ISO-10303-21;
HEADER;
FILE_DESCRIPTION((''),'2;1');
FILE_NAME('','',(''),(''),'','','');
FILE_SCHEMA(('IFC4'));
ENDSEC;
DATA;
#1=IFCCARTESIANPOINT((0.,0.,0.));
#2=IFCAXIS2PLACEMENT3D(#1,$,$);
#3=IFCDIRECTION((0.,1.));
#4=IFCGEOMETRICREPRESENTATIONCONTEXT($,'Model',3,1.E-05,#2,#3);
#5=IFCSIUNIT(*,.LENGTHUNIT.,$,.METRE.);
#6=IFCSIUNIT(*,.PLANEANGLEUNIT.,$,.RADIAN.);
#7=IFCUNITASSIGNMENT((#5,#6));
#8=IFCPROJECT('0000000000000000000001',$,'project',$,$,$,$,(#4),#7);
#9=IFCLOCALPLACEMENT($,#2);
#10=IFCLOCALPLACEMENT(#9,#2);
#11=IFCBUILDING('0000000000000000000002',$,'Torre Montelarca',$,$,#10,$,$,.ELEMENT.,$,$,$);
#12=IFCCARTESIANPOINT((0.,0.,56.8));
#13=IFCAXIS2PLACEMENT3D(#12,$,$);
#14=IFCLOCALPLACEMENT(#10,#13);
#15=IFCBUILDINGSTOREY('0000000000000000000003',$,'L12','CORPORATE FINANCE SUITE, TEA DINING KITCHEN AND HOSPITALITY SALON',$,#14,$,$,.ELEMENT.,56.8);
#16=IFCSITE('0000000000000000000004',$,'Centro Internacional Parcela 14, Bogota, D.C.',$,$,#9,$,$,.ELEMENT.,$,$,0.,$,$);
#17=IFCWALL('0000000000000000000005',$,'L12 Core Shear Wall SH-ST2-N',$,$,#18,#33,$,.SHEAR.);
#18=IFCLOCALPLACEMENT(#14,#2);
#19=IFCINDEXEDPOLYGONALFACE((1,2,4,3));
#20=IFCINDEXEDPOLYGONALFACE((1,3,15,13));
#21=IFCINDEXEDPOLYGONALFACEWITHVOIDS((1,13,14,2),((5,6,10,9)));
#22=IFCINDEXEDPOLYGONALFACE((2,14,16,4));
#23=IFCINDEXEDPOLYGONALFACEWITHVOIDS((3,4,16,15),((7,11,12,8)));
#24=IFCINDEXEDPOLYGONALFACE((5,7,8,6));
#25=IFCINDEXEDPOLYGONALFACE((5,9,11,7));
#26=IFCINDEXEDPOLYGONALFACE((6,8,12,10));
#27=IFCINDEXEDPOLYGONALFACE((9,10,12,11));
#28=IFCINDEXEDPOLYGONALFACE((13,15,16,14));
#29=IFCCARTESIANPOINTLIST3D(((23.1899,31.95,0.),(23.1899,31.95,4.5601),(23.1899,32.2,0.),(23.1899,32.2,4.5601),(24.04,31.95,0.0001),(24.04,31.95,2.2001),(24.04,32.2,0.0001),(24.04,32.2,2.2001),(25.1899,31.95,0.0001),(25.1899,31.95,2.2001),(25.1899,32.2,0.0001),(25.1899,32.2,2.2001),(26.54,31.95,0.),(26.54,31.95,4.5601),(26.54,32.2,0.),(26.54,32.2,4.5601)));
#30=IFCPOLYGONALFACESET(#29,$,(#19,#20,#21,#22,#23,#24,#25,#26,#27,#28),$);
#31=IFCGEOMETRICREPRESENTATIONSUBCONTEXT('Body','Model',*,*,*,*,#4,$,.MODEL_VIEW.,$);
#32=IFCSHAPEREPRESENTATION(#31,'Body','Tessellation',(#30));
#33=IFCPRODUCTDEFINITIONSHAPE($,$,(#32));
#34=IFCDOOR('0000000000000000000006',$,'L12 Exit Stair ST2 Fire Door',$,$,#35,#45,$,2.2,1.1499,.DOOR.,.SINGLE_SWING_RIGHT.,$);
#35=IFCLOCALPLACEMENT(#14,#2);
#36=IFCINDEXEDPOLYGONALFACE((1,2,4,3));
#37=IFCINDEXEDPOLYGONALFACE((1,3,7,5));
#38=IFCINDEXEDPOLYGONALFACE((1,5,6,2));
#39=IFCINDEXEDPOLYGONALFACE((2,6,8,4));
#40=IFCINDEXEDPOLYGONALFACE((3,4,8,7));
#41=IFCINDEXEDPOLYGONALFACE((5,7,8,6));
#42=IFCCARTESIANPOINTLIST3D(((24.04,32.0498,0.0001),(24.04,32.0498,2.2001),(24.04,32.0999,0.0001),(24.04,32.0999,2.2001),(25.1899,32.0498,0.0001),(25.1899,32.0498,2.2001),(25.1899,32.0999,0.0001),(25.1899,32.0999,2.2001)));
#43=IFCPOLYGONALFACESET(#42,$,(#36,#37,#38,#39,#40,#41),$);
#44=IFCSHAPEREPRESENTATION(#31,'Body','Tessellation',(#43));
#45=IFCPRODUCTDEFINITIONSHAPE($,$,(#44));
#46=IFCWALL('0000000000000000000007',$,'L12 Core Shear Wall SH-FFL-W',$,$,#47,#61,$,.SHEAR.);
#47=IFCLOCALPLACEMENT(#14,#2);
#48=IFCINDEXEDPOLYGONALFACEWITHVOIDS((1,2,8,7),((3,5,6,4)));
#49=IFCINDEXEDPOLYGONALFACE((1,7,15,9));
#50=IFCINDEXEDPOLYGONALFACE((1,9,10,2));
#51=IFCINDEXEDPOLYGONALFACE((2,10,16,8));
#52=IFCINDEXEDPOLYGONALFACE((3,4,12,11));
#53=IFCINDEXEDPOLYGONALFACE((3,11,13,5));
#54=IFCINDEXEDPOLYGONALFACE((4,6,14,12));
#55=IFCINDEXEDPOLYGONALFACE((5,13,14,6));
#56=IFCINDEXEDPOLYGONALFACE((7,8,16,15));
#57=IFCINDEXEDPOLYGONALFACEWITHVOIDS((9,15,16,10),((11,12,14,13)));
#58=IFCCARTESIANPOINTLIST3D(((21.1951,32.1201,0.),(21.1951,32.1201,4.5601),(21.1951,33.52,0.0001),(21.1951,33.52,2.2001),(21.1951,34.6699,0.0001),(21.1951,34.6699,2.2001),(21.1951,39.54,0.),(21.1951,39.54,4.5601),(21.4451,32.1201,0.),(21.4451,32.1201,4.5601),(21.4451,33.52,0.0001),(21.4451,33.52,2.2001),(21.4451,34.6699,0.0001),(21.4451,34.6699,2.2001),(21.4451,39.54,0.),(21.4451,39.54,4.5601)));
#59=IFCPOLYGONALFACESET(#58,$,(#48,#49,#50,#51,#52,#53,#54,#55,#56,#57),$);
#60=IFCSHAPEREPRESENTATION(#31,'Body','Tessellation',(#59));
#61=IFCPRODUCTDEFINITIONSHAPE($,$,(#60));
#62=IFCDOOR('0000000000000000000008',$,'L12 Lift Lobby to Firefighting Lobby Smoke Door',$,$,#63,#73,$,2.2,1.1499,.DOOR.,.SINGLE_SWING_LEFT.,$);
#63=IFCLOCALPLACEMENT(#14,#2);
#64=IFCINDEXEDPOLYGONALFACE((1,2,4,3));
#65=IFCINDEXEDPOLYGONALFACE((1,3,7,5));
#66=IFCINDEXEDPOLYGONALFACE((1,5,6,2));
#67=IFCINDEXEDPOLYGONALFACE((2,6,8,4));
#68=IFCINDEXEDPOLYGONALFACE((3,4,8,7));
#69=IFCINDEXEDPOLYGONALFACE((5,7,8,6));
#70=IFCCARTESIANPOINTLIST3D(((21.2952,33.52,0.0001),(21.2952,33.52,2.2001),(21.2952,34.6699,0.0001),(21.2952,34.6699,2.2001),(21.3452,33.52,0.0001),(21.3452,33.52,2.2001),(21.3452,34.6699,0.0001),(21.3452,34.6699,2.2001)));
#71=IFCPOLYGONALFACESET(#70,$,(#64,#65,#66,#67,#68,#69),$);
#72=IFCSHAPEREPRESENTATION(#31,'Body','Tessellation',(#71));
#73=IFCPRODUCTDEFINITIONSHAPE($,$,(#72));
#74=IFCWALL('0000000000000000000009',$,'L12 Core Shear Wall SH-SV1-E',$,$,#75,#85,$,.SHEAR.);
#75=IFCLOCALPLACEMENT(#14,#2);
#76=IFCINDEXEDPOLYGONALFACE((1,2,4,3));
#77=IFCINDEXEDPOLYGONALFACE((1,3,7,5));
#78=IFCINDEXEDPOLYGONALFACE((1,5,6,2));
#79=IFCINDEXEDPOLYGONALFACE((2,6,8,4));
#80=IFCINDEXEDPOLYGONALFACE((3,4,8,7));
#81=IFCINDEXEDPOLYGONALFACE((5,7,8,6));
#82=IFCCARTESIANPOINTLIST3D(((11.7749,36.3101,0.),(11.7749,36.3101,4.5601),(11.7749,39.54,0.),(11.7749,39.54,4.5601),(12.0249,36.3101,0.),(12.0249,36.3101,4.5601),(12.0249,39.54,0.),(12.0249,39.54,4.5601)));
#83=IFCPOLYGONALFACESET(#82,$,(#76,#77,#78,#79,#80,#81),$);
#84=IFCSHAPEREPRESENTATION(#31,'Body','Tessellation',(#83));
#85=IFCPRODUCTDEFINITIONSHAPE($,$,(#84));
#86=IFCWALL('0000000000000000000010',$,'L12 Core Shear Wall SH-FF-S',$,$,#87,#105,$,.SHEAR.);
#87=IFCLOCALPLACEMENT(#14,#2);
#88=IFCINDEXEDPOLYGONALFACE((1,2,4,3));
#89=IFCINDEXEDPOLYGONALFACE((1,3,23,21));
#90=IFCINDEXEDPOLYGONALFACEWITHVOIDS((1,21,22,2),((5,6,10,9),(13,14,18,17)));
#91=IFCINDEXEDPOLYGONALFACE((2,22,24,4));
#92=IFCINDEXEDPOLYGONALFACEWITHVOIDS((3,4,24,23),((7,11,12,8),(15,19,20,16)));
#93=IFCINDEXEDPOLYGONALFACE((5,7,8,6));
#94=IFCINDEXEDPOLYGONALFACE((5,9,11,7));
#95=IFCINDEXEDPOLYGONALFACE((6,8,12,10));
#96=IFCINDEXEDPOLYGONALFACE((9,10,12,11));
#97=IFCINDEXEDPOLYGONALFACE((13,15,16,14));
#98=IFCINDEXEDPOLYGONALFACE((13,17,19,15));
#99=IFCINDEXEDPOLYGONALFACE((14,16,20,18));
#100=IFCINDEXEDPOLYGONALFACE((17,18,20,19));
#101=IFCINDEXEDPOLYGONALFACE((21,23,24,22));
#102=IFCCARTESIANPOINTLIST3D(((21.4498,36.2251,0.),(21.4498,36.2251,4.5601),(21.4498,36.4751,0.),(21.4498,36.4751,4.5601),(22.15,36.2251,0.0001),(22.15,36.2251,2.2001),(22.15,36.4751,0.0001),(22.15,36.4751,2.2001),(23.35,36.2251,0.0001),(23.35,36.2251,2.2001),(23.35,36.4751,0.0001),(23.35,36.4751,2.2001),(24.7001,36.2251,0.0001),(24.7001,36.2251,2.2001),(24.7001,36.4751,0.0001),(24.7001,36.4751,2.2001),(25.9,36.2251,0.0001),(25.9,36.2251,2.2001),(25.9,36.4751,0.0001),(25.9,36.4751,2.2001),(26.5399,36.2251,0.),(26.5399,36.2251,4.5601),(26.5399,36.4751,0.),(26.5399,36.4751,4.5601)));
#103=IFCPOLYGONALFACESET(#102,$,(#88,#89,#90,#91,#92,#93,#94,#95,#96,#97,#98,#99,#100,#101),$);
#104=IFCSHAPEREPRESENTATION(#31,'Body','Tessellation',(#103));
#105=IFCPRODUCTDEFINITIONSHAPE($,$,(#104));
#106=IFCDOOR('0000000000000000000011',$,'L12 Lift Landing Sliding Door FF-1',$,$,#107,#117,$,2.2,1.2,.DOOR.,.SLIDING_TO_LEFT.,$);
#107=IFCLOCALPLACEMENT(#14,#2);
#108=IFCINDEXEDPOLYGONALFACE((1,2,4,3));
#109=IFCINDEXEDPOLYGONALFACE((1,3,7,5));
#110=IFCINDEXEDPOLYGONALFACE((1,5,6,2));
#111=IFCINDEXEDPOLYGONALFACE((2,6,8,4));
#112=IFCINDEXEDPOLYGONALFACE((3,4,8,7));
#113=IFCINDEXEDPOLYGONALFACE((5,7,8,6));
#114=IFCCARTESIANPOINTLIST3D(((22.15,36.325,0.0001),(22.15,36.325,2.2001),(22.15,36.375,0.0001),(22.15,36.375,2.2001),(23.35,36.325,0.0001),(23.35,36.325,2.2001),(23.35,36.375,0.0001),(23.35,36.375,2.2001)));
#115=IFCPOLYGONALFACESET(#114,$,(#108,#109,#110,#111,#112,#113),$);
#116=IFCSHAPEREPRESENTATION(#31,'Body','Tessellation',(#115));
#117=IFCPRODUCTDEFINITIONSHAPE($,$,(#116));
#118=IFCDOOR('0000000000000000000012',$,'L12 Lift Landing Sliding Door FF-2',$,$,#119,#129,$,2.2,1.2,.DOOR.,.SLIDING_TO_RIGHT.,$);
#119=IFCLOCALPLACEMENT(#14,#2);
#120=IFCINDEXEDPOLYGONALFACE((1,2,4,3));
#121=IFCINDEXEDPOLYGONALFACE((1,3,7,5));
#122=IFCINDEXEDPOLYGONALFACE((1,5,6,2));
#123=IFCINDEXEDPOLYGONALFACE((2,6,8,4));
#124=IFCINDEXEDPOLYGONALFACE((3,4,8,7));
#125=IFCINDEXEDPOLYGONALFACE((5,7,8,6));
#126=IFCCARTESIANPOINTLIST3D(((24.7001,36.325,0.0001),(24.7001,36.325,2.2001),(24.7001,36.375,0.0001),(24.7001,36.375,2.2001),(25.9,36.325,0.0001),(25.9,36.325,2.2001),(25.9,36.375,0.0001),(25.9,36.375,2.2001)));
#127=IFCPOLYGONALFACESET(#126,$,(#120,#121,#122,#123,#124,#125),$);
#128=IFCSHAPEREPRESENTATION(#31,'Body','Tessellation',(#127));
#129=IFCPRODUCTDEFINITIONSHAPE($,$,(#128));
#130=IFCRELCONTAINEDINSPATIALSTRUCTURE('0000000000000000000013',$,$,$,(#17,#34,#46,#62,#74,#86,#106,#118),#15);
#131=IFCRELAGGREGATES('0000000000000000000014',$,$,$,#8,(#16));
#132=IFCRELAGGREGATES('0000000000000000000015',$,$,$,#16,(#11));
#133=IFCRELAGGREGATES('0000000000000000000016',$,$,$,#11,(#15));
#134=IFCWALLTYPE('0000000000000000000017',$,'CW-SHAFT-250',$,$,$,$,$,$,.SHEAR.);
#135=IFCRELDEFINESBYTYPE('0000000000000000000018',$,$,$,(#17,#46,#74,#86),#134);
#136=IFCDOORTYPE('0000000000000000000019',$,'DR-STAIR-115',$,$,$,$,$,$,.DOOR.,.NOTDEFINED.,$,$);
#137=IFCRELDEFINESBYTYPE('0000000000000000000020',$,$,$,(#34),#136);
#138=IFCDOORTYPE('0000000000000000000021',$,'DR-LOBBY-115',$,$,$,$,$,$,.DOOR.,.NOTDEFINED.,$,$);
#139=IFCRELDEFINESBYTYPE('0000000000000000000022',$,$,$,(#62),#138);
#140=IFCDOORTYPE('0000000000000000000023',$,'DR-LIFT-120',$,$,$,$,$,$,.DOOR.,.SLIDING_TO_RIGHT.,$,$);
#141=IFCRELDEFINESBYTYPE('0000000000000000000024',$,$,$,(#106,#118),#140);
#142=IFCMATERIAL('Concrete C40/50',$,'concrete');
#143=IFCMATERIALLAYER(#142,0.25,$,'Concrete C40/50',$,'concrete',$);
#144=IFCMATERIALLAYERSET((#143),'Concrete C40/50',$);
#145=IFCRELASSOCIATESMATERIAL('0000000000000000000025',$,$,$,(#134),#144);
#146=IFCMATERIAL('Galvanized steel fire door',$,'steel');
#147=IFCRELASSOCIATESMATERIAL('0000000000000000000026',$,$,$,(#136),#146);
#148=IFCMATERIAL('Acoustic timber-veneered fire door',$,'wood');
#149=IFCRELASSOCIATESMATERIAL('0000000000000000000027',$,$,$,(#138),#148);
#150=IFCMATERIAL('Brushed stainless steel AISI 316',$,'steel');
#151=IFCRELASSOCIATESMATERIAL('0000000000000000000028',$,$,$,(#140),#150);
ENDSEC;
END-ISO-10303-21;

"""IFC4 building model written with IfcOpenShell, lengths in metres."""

from ifc_helpers import new_model, si_unit, direction, frame, frame_2d, origin, place, context, subcontext, project, spatial, rectangle, extrude, source, transform, mapped, material, layer, layer_set, type_object, element, fill, save


model = new_model("IFC4")

# Units and contexts
model_context = context("Model", 3, precision=1e-05, world=origin(), true_north=direction((0.0, 1.0)))
body_context = subcontext(model_context, "Body", "Model", "MODEL_VIEW")
ifc_project = project(units=[si_unit("LENGTHUNIT", "METRE"), si_unit("PLANEANGLEUNIT", "RADIAN")], contexts=[model_context])

# Site, building, storey
site_placement = place(None, origin())
site = spatial("IfcSite", under=ifc_project, at=site_placement, Name="Centro Internacional Parcela 14, Bogota, D.C.", CompositionType="ELEMENT", RefElevation=0.0)
building_placement = place(site_placement, origin())
building = spatial("IfcBuilding", under=site, at=building_placement, Name="Torre Montelarca", CompositionType="ELEMENT")
storey_placement = place(building_placement, frame((0.0, 0.0, 56.8)))
storey = spatial("IfcBuildingStorey", under=building, at=storey_placement, Name="L12", Description="CORPORATE FINANCE SUITE, TEA DINING KITCHEN AND HOSPITALITY SALON", CompositionType="ELEMENT", Elevation=56.8)

# Walls, openings, doors
ifc_material_1 = material(Name="Concrete C40/50", Category="concrete")
ifc_layer_1 = layer(ifc_material_1, 0.25, Name="Concrete C40/50", Category="concrete")
ifc_layer_set_1 = layer_set([ifc_layer_1], Name="Concrete C40/50")
wall_type_1 = type_object("IfcWallType", Name="CW-SHAFT-250", PredefinedType="SHEAR", material=ifc_layer_set_1)
wall_1_placement = place(storey_placement, frame((23.1899, 32.075, 0.0), z_axis=(0.0, 0.0, 1.0), x_axis=(1.0, 0.0, 0.0)))
wall_1 = element("IfcWall", 1, at=wall_1_placement, inside=storey, type_object=wall_type_1, Name="L12 Core Shear Wall SH-ST2-N", PredefinedType="SHEAR", context=body_context, shape_type="SweptSolid", body=[
    extrude(rectangle(XDim=3.3501, YDim=0.25, at=frame_2d((1.675, 0.0))), origin(), (0.0, 0.0, 1.0), 4.5601),
])
opening_1_placement = place(wall_1_placement, frame((0.8501, 0.0, 0.0)))
opening_1 = element("IfcOpeningElement", 2, at=opening_1_placement, cuts=wall_1, PredefinedType="OPENING", context=body_context, shape_type="SweptSolid", body=[
    extrude(rectangle(XDim=1.1499, YDim=2.2, at=frame_2d((0.575, 1.1001))), frame((0.0, 0.135, 0.0), z_axis=(0.0, -1.0, 0.0), x_axis=(1.0, 0.0, 0.0)), (0.0, 0.0, 1.0), 0.27),
])
ifc_material_2 = material(Name="Galvanized steel fire door", Category="steel")
door_type_1 = type_object("IfcDoorType", Name="DR-STAIR-115", OperationType="NOTDEFINED", PredefinedType="DOOR", material=ifc_material_2)
shared_shape_1 = source(origin(), body_context, "Body", "SweptSolid", [
    extrude(rectangle(XDim=1.1499, YDim=2.2, at=frame_2d((0.575, 1.1001))), frame((0.0, 0.0249, 0.0), z_axis=(0.0, -1.0, 0.0), x_axis=(1.0, 0.0, 0.0)), (0.0, 0.0, 1.0), 0.05),
])
door_1_placement = place(opening_1_placement, origin())
door_1 = element("IfcDoor", 3, at=door_1_placement, inside=storey, type_object=door_type_1, Name="L12 Exit Stair ST2 Fire Door", OperationType="SINGLE_SWING_RIGHT", OverallHeight=2.2, OverallWidth=1.1499, PredefinedType="DOOR", context=body_context, shape_type="MappedRepresentation", body=[
    mapped(shared_shape_1, transform((0.0, 0.0, 0.0), scale=1.0)),
])
fill(opening_1, door_1)
wall_2_placement = place(storey_placement, frame((21.3201, 32.1201, 0.0), z_axis=(0.0, 0.0, 1.0), x_axis=(0.0, 1.0, 0.0)))
wall_2 = element("IfcWall", 4, at=wall_2_placement, inside=storey, type_object=wall_type_1, Name="L12 Core Shear Wall SH-FFL-W", PredefinedType="SHEAR", context=body_context, shape_type="SweptSolid", body=[
    extrude(rectangle(XDim=7.4199, YDim=0.25, at=frame_2d((3.71, 0.0))), origin(), (0.0, 0.0, 1.0), 4.5601),
])
opening_2_placement = place(wall_2_placement, frame((1.3999, 0.0, 0.0)))
opening_2 = element("IfcOpeningElement", 5, at=opening_2_placement, cuts=wall_2, PredefinedType="OPENING", context=body_context, shape_type="SweptSolid", body=[
    extrude(rectangle(XDim=1.1499, YDim=2.2, at=frame_2d((0.575, 1.1001))), frame((0.0, 0.135, 0.0), z_axis=(0.0, -1.0, 0.0), x_axis=(1.0, 0.0, 0.0)), (0.0, 0.0, 1.0), 0.27),
])
ifc_material_3 = material(Name="Acoustic timber-veneered fire door", Category="wood")
door_type_2 = type_object("IfcDoorType", Name="DR-LOBBY-115", OperationType="NOTDEFINED", PredefinedType="DOOR", material=ifc_material_3)
shared_shape_2 = source(origin(), body_context, "Body", "SweptSolid", [
    extrude(rectangle(XDim=1.1499, YDim=2.2, at=frame_2d((0.575, 1.1001))), frame((0.0, 0.0249, 0.0), z_axis=(0.0, -1.0, 0.0), x_axis=(1.0, 0.0, 0.0)), (0.0, 0.0, 1.0), 0.05),
])
door_2_placement = place(opening_2_placement, origin())
door_2 = element("IfcDoor", 6, at=door_2_placement, inside=storey, type_object=door_type_2, Name="L12 Lift Lobby to Firefighting Lobby Smoke Door", OperationType="SINGLE_SWING_LEFT", OverallHeight=2.2, OverallWidth=1.1499, PredefinedType="DOOR", context=body_context, shape_type="MappedRepresentation", body=[
    mapped(shared_shape_2, transform((0.0, 0.0, 0.0), scale=1.0)),
])
fill(opening_2, door_2)

# Wall
wall_3_placement = place(storey_placement, frame((11.8999, 36.3101, 0.0), z_axis=(0.0, 0.0, 1.0), x_axis=(0.0, 1.0, 0.0)))
element("IfcWall", 7, at=wall_3_placement, inside=storey, type_object=wall_type_1, Name="L12 Core Shear Wall SH-SV1-E", PredefinedType="SHEAR", context=body_context, shape_type="SweptSolid", body=[
    extrude(rectangle(XDim=3.23, YDim=0.25, at=frame_2d((1.615, 0.0))), origin(), (0.0, 0.0, 1.0), 4.5601),
])

# Wall, openings, doors
wall_4_placement = place(storey_placement, frame((21.45, 36.3501, 0.0), z_axis=(0.0, 0.0, 1.0), x_axis=(1.0, 0.0, 0.0)))
wall_4 = element("IfcWall", 8, at=wall_4_placement, inside=storey, type_object=wall_type_1, Name="L12 Core Shear Wall SH-FF-S", PredefinedType="SHEAR", context=body_context, shape_type="SweptSolid", body=[
    extrude(rectangle(XDim=5.0901, YDim=0.25, at=frame_2d((2.5449, 0.0))), origin(), (0.0, 0.0, 1.0), 4.5601),
])
opening_3_placement = place(wall_4_placement, frame((0.7, 0.0, 0.0)))
opening_3 = element("IfcOpeningElement", 9, at=opening_3_placement, cuts=wall_4, PredefinedType="OPENING", context=body_context, shape_type="SweptSolid", body=[
    extrude(rectangle(XDim=1.2, YDim=2.2, at=frame_2d((0.6001, 1.1001))), frame((0.0, 0.135, 0.0), z_axis=(0.0, -1.0, 0.0), x_axis=(1.0, 0.0, 0.0)), (0.0, 0.0, 1.0), 0.27),
])
opening_4_placement = place(wall_4_placement, frame((3.25, 0.0, 0.0)))
opening_4 = element("IfcOpeningElement", 10, at=opening_4_placement, cuts=wall_4, PredefinedType="OPENING", context=body_context, shape_type="SweptSolid", body=[
    extrude(rectangle(XDim=1.2, YDim=2.2, at=frame_2d((0.6001, 1.1001))), frame((0.0, 0.135, 0.0), z_axis=(0.0, -1.0, 0.0), x_axis=(1.0, 0.0, 0.0)), (0.0, 0.0, 1.0), 0.27),
])
ifc_material_4 = material(Name="Brushed stainless steel AISI 316", Category="steel")
door_type_3 = type_object("IfcDoorType", Name="DR-LIFT-120", OperationType="SLIDING_TO_RIGHT", PredefinedType="DOOR", material=ifc_material_4)
shared_shape_3 = source(origin(), body_context, "Body", "SweptSolid", [
    extrude(rectangle(XDim=1.2, YDim=2.2, at=frame_2d((0.6001, 1.1001))), frame((0.0, 0.0249, 0.0), z_axis=(0.0, -1.0, 0.0), x_axis=(1.0, 0.0, 0.0)), (0.0, 0.0, 1.0), 0.05),
])
door_3_placement = place(opening_3_placement, origin())
door_3 = element("IfcDoor", 11, at=door_3_placement, inside=storey, type_object=door_type_3, Name="L12 Lift Landing Sliding Door FF-1", OperationType="SLIDING_TO_LEFT", OverallHeight=2.2, OverallWidth=1.2, PredefinedType="DOOR", context=body_context, shape_type="MappedRepresentation", body=[
    mapped(shared_shape_3, transform((0.0, 0.0, 0.0), scale=1.0)),
])
fill(opening_3, door_3)
door_4_placement = place(opening_4_placement, origin())
door_4 = element("IfcDoor", 12, at=door_4_placement, inside=storey, type_object=door_type_3, Name="L12 Lift Landing Sliding Door FF-2", OperationType="SLIDING_TO_RIGHT", OverallHeight=2.2, OverallWidth=1.2, PredefinedType="DOOR", context=body_context, shape_type="MappedRepresentation", body=[
    mapped(shared_shape_3, transform((0.0, 0.0, 0.0), scale=1.0)),
])
fill(opening_4, door_4)

save(model, "model.ifc")
